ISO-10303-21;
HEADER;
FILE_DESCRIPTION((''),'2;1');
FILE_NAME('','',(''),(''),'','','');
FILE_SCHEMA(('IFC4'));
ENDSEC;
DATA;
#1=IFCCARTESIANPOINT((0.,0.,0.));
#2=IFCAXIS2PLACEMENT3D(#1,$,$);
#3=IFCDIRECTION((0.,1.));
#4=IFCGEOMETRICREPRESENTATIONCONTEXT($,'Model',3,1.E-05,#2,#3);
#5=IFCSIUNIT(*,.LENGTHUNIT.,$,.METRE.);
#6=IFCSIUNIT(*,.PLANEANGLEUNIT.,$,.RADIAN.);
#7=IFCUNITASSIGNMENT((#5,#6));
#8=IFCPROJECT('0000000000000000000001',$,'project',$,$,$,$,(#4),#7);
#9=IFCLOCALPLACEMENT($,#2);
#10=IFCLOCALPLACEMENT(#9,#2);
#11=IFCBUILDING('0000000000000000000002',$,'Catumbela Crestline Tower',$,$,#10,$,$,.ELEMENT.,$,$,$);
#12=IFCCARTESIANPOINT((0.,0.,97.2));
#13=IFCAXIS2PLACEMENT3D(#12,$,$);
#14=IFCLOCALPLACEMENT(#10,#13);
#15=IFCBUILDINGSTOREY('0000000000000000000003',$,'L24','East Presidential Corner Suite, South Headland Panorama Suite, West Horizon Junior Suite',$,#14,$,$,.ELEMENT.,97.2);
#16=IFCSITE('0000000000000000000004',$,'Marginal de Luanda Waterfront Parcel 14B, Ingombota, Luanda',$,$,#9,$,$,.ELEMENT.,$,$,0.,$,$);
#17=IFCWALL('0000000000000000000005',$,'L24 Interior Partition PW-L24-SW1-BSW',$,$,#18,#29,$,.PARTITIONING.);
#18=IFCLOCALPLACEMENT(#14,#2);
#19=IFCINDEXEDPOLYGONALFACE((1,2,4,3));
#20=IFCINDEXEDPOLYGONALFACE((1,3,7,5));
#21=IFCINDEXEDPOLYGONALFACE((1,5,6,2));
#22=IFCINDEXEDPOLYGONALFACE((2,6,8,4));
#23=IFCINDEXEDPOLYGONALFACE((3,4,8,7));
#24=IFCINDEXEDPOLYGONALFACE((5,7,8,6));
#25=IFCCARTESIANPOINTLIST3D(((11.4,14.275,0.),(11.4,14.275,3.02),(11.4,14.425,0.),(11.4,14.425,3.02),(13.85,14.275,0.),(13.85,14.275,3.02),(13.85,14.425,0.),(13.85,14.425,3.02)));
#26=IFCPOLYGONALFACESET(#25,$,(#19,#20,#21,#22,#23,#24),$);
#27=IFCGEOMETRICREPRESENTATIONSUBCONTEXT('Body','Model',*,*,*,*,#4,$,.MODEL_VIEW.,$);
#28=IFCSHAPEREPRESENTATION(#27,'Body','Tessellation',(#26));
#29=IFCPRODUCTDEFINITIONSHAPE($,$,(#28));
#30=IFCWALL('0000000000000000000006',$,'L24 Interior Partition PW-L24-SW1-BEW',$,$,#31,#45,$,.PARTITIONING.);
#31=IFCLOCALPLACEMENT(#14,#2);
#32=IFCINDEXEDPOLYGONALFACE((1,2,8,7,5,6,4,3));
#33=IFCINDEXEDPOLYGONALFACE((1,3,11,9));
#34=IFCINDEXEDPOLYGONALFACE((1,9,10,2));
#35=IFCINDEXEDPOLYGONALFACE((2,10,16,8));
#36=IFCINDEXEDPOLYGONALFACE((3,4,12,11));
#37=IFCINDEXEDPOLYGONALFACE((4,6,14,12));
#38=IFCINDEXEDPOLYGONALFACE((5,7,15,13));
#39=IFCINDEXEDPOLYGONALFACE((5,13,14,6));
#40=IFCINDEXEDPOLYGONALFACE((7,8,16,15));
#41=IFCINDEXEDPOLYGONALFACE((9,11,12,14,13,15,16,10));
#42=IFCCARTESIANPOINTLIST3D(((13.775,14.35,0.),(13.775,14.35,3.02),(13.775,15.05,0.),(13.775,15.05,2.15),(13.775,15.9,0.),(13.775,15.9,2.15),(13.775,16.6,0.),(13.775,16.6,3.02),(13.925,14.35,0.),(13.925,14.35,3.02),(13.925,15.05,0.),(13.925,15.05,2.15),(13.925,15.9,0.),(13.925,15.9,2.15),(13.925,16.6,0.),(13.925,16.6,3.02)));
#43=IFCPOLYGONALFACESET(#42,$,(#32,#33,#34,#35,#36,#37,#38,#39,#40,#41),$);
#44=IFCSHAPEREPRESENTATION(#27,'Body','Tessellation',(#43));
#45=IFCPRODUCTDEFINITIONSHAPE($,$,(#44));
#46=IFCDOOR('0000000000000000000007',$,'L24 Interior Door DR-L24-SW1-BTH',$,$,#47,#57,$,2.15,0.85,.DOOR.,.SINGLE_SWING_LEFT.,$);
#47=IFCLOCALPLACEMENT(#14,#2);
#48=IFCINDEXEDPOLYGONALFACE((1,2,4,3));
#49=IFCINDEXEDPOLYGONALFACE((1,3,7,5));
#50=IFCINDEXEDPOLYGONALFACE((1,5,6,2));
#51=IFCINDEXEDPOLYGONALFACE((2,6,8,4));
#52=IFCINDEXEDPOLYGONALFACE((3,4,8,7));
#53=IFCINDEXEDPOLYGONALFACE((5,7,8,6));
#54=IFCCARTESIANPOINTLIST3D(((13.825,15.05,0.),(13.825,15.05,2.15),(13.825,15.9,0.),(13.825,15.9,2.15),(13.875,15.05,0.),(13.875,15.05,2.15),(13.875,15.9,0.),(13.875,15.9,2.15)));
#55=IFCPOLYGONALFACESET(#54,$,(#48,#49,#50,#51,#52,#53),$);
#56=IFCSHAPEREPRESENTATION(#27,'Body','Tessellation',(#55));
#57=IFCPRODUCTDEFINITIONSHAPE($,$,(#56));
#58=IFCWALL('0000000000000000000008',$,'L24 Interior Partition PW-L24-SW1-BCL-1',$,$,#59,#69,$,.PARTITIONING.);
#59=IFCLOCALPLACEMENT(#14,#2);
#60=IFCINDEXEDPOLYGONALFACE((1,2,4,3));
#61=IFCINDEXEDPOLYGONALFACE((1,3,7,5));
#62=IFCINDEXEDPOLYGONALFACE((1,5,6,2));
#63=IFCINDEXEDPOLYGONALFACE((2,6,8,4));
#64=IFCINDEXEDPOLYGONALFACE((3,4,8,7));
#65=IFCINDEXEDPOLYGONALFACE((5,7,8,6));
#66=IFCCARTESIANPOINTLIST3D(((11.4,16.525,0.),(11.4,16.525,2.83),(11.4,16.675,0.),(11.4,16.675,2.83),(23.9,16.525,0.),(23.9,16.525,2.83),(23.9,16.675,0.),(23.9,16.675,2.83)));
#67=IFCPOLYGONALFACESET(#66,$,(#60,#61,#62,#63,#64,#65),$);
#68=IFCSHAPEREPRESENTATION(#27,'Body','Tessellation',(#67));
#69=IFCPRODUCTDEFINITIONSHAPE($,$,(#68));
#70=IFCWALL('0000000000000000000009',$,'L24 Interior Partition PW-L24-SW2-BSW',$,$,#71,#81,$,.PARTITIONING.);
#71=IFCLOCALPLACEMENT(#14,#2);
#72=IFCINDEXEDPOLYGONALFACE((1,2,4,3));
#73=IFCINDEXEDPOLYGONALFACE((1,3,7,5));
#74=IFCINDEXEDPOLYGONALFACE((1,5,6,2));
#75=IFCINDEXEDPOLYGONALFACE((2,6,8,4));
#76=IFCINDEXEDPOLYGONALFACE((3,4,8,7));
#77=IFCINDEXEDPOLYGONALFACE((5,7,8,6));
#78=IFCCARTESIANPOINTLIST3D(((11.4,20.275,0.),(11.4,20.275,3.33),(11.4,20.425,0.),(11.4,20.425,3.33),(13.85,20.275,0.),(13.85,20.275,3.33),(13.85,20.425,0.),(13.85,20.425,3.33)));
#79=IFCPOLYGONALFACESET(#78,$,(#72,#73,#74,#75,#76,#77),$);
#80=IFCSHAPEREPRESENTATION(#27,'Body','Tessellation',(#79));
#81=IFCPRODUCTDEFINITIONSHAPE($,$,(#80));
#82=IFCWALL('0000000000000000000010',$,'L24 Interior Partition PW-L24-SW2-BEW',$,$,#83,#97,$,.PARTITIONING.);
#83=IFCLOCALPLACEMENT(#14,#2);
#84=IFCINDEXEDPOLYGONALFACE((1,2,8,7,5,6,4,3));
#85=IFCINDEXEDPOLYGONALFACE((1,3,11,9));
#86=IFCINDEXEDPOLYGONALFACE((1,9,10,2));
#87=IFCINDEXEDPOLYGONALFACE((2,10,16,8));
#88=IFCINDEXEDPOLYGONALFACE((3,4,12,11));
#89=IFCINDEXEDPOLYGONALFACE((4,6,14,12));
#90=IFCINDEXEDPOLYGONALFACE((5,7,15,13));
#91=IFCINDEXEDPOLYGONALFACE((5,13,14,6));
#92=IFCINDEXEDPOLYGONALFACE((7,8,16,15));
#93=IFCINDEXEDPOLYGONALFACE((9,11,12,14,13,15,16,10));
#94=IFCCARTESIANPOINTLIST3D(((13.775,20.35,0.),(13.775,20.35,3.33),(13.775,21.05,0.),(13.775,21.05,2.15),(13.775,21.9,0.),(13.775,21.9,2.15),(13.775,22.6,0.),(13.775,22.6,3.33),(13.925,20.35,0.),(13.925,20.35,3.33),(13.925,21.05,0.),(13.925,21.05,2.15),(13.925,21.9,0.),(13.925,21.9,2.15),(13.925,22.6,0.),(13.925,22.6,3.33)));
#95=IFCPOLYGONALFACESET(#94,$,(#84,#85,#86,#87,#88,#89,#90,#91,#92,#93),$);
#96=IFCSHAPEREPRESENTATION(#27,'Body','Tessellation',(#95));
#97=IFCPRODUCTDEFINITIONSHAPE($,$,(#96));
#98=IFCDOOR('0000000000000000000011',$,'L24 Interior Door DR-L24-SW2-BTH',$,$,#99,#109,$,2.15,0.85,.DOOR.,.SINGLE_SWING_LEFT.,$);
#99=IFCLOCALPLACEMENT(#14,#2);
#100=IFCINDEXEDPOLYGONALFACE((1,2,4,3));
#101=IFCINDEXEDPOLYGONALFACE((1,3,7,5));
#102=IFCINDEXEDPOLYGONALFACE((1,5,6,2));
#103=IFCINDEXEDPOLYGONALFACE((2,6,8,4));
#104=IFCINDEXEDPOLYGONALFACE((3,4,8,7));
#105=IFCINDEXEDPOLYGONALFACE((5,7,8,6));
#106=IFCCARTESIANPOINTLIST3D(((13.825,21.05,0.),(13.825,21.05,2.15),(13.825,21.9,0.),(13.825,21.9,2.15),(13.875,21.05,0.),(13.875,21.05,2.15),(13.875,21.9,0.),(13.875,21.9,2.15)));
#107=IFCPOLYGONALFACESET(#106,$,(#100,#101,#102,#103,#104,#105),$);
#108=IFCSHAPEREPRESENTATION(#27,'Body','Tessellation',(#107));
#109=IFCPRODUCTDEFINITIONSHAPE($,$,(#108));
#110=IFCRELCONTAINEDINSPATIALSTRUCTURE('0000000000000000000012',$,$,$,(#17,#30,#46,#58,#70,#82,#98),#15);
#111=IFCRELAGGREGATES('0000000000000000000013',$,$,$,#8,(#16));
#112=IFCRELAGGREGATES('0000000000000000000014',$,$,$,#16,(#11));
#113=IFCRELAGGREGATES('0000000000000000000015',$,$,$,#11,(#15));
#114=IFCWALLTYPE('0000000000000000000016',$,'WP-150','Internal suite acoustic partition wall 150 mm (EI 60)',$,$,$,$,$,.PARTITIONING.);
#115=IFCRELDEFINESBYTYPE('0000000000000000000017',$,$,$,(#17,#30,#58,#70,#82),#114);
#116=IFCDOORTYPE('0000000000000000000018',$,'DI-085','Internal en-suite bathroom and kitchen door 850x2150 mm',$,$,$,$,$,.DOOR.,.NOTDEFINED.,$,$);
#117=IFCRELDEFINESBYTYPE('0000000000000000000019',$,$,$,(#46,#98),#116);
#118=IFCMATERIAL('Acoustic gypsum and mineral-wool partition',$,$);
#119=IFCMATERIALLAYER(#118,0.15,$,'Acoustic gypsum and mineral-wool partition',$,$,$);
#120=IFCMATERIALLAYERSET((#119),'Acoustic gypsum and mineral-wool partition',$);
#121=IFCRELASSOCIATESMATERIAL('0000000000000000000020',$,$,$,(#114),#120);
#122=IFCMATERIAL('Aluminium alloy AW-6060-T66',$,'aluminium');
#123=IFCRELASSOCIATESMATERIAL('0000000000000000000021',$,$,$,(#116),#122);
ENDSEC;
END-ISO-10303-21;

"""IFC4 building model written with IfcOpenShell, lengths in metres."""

from ifc_helpers import new_model, si_unit, direction, frame, frame_2d, origin, place, context, subcontext, project, spatial, rectangle, extrude, material, layer, layer_set, type_object, element, fill, save


model = new_model("IFC4")

# Units and contexts
model_context = context("Model", 3, precision=1e-05, world=origin(), true_north=direction((0.0, 1.0)))
body_context = subcontext(model_context, "Body", "Model", "MODEL_VIEW")
ifc_project = project(units=[si_unit("LENGTHUNIT", "METRE"), si_unit("PLANEANGLEUNIT", "RADIAN")], contexts=[model_context])

# Site, building, storey
site_placement = place(None, origin())
site = spatial("IfcSite", under=ifc_project, at=site_placement, Name="Marginal de Luanda Waterfront Parcel 14B, Ingombota, Luanda", CompositionType="ELEMENT", RefElevation=0.0)
building_placement = place(site_placement, origin())
building = spatial("IfcBuilding", under=site, at=building_placement, Name="Catumbela Crestline Tower", CompositionType="ELEMENT")
storey_placement = place(building_placement, frame((0.0, 0.0, 97.2)))
storey = spatial("IfcBuildingStorey", under=building, at=storey_placement, Name="L24", Description="East Presidential Corner Suite, South Headland Panorama Suite, West Horizon Junior Suite", CompositionType="ELEMENT", Elevation=97.2)

# Wall
ifc_material_1 = material(Name="Acoustic gypsum and mineral-wool partition")
ifc_layer = layer(ifc_material_1, 0.15, Name="Acoustic gypsum and mineral-wool partition")
ifc_layer_set = layer_set([ifc_layer], Name="Acoustic gypsum and mineral-wool partition")
wall_type = type_object("IfcWallType", Name="WP-150", Description="Internal suite acoustic partition wall 150 mm (EI 60)", PredefinedType="PARTITIONING", material=ifc_layer_set)
wall_1_placement = place(storey_placement, frame((11.4, 14.35, 0.0), z_axis=(0.0, 0.0, 1.0), x_axis=(1.0, 0.0, 0.0)))
element("IfcWall", 1, at=wall_1_placement, inside=storey, type_object=wall_type, Name="L24 Interior Partition PW-L24-SW1-BSW", PredefinedType="PARTITIONING", context=body_context, shape_type="SweptSolid", body=[
    extrude(rectangle(XDim=2.45, YDim=0.15, at=frame_2d((1.225, 0.0))), origin(), (0.0, 0.0, 1.0), 3.02),
])

# Wall, opening, door
wall_2_placement = place(storey_placement, frame((13.85, 14.35, 0.0), z_axis=(0.0, 0.0, 1.0), x_axis=(0.0, 1.0, 0.0)))
wall_2 = element("IfcWall", 2, at=wall_2_placement, inside=storey, type_object=wall_type, Name="L24 Interior Partition PW-L24-SW1-BEW", PredefinedType="PARTITIONING", context=body_context, shape_type="SweptSolid", body=[
    extrude(rectangle(XDim=2.25, YDim=0.15, at=frame_2d((1.125, 0.0))), origin(), (0.0, 0.0, 1.0), 3.02),
])
opening_1_placement = place(wall_2_placement, frame((0.7, 0.0, 0.0)))
opening_1 = element("IfcOpeningElement", 3, at=opening_1_placement, cuts=wall_2, PredefinedType="OPENING", context=body_context, shape_type="SweptSolid", body=[
    extrude(rectangle(XDim=0.85, YDim=2.15, at=frame_2d((0.425, 1.075))), frame((0.0, 0.085, 0.0), z_axis=(0.0, -1.0, 0.0), x_axis=(1.0, 0.0, 0.0)), (0.0, 0.0, 1.0), 0.17),
])
ifc_material_2 = material(Name="Aluminium alloy AW-6060-T66", Category="aluminium")
door_type = type_object("IfcDoorType", Name="DI-085", Description="Internal en-suite bathroom and kitchen door 850x2150 mm", OperationType="NOTDEFINED", PredefinedType="DOOR", material=ifc_material_2)
door_1_placement = place(opening_1_placement, origin())
door_1 = element("IfcDoor", 4, at=door_1_placement, inside=storey, type_object=door_type, Name="L24 Interior Door DR-L24-SW1-BTH", OperationType="SINGLE_SWING_LEFT", OverallHeight=2.15, OverallWidth=0.85, PredefinedType="DOOR", context=body_context, shape_type="SweptSolid", body=[
    extrude(rectangle(XDim=0.85, YDim=2.15, at=frame_2d((0.425, 1.075))), frame((0.0, 0.025, 0.0), z_axis=(0.0, -1.0, 0.0), x_axis=(1.0, 0.0, 0.0)), (0.0, 0.0, 1.0), 0.05),
])
fill(opening_1, door_1)

# Walls
wall_3_placement = place(storey_placement, frame((11.4, 16.6, 0.0), z_axis=(0.0, 0.0, 1.0), x_axis=(1.0, 0.0, 0.0)))
element("IfcWall", 5, at=wall_3_placement, inside=storey, type_object=wall_type, Name="L24 Interior Partition PW-L24-SW1-BCL-1", PredefinedType="PARTITIONING", context=body_context, shape_type="SweptSolid", body=[
    extrude(rectangle(XDim=12.5, YDim=0.15, at=frame_2d((6.25, 0.0))), origin(), (0.0, 0.0, 1.0), 2.83),
])
wall_4_placement = place(storey_placement, frame((11.4, 20.35, 0.0), z_axis=(0.0, 0.0, 1.0), x_axis=(1.0, 0.0, 0.0)))
element("IfcWall", 6, at=wall_4_placement, inside=storey, type_object=wall_type, Name="L24 Interior Partition PW-L24-SW2-BSW", PredefinedType="PARTITIONING", context=body_context, shape_type="SweptSolid", body=[
    extrude(rectangle(XDim=2.45, YDim=0.15, at=frame_2d((1.225, 0.0))), origin(), (0.0, 0.0, 1.0), 3.33),
])

# Wall, opening, door
wall_5_placement = place(storey_placement, frame((13.85, 20.35, 0.0), z_axis=(0.0, 0.0, 1.0), x_axis=(0.0, 1.0, 0.0)))
wall_5 = element("IfcWall", 7, at=wall_5_placement, inside=storey, type_object=wall_type, Name="L24 Interior Partition PW-L24-SW2-BEW", PredefinedType="PARTITIONING", context=body_context, shape_type="SweptSolid", body=[
    extrude(rectangle(XDim=2.25, YDim=0.15, at=frame_2d((1.125, 0.0))), origin(), (0.0, 0.0, 1.0), 3.33),
])
opening_2_placement = place(wall_5_placement, frame((0.7, 0.0, 0.0)))
opening_2 = element("IfcOpeningElement", 8, at=opening_2_placement, cuts=wall_5, PredefinedType="OPENING", context=body_context, shape_type="SweptSolid", body=[
    extrude(rectangle(XDim=0.85, YDim=2.15, at=frame_2d((0.425, 1.075))), frame((0.0, 0.085, 0.0), z_axis=(0.0, -1.0, 0.0), x_axis=(1.0, 0.0, 0.0)), (0.0, 0.0, 1.0), 0.17),
])
door_2_placement = place(opening_2_placement, origin())
door_2 = element("IfcDoor", 9, at=door_2_placement, inside=storey, type_object=door_type, Name="L24 Interior Door DR-L24-SW2-BTH", OperationType="SINGLE_SWING_LEFT", OverallHeight=2.15, OverallWidth=0.85, PredefinedType="DOOR", context=body_context, shape_type="SweptSolid", body=[
    extrude(rectangle(XDim=0.85, YDim=2.15, at=frame_2d((0.425, 1.075))), frame((0.0, 0.025, 0.0), z_axis=(0.0, -1.0, 0.0), x_axis=(1.0, 0.0, 0.0)), (0.0, 0.0, 1.0), 0.05),
])
fill(opening_2, door_2)

save(model, "model.ifc")
